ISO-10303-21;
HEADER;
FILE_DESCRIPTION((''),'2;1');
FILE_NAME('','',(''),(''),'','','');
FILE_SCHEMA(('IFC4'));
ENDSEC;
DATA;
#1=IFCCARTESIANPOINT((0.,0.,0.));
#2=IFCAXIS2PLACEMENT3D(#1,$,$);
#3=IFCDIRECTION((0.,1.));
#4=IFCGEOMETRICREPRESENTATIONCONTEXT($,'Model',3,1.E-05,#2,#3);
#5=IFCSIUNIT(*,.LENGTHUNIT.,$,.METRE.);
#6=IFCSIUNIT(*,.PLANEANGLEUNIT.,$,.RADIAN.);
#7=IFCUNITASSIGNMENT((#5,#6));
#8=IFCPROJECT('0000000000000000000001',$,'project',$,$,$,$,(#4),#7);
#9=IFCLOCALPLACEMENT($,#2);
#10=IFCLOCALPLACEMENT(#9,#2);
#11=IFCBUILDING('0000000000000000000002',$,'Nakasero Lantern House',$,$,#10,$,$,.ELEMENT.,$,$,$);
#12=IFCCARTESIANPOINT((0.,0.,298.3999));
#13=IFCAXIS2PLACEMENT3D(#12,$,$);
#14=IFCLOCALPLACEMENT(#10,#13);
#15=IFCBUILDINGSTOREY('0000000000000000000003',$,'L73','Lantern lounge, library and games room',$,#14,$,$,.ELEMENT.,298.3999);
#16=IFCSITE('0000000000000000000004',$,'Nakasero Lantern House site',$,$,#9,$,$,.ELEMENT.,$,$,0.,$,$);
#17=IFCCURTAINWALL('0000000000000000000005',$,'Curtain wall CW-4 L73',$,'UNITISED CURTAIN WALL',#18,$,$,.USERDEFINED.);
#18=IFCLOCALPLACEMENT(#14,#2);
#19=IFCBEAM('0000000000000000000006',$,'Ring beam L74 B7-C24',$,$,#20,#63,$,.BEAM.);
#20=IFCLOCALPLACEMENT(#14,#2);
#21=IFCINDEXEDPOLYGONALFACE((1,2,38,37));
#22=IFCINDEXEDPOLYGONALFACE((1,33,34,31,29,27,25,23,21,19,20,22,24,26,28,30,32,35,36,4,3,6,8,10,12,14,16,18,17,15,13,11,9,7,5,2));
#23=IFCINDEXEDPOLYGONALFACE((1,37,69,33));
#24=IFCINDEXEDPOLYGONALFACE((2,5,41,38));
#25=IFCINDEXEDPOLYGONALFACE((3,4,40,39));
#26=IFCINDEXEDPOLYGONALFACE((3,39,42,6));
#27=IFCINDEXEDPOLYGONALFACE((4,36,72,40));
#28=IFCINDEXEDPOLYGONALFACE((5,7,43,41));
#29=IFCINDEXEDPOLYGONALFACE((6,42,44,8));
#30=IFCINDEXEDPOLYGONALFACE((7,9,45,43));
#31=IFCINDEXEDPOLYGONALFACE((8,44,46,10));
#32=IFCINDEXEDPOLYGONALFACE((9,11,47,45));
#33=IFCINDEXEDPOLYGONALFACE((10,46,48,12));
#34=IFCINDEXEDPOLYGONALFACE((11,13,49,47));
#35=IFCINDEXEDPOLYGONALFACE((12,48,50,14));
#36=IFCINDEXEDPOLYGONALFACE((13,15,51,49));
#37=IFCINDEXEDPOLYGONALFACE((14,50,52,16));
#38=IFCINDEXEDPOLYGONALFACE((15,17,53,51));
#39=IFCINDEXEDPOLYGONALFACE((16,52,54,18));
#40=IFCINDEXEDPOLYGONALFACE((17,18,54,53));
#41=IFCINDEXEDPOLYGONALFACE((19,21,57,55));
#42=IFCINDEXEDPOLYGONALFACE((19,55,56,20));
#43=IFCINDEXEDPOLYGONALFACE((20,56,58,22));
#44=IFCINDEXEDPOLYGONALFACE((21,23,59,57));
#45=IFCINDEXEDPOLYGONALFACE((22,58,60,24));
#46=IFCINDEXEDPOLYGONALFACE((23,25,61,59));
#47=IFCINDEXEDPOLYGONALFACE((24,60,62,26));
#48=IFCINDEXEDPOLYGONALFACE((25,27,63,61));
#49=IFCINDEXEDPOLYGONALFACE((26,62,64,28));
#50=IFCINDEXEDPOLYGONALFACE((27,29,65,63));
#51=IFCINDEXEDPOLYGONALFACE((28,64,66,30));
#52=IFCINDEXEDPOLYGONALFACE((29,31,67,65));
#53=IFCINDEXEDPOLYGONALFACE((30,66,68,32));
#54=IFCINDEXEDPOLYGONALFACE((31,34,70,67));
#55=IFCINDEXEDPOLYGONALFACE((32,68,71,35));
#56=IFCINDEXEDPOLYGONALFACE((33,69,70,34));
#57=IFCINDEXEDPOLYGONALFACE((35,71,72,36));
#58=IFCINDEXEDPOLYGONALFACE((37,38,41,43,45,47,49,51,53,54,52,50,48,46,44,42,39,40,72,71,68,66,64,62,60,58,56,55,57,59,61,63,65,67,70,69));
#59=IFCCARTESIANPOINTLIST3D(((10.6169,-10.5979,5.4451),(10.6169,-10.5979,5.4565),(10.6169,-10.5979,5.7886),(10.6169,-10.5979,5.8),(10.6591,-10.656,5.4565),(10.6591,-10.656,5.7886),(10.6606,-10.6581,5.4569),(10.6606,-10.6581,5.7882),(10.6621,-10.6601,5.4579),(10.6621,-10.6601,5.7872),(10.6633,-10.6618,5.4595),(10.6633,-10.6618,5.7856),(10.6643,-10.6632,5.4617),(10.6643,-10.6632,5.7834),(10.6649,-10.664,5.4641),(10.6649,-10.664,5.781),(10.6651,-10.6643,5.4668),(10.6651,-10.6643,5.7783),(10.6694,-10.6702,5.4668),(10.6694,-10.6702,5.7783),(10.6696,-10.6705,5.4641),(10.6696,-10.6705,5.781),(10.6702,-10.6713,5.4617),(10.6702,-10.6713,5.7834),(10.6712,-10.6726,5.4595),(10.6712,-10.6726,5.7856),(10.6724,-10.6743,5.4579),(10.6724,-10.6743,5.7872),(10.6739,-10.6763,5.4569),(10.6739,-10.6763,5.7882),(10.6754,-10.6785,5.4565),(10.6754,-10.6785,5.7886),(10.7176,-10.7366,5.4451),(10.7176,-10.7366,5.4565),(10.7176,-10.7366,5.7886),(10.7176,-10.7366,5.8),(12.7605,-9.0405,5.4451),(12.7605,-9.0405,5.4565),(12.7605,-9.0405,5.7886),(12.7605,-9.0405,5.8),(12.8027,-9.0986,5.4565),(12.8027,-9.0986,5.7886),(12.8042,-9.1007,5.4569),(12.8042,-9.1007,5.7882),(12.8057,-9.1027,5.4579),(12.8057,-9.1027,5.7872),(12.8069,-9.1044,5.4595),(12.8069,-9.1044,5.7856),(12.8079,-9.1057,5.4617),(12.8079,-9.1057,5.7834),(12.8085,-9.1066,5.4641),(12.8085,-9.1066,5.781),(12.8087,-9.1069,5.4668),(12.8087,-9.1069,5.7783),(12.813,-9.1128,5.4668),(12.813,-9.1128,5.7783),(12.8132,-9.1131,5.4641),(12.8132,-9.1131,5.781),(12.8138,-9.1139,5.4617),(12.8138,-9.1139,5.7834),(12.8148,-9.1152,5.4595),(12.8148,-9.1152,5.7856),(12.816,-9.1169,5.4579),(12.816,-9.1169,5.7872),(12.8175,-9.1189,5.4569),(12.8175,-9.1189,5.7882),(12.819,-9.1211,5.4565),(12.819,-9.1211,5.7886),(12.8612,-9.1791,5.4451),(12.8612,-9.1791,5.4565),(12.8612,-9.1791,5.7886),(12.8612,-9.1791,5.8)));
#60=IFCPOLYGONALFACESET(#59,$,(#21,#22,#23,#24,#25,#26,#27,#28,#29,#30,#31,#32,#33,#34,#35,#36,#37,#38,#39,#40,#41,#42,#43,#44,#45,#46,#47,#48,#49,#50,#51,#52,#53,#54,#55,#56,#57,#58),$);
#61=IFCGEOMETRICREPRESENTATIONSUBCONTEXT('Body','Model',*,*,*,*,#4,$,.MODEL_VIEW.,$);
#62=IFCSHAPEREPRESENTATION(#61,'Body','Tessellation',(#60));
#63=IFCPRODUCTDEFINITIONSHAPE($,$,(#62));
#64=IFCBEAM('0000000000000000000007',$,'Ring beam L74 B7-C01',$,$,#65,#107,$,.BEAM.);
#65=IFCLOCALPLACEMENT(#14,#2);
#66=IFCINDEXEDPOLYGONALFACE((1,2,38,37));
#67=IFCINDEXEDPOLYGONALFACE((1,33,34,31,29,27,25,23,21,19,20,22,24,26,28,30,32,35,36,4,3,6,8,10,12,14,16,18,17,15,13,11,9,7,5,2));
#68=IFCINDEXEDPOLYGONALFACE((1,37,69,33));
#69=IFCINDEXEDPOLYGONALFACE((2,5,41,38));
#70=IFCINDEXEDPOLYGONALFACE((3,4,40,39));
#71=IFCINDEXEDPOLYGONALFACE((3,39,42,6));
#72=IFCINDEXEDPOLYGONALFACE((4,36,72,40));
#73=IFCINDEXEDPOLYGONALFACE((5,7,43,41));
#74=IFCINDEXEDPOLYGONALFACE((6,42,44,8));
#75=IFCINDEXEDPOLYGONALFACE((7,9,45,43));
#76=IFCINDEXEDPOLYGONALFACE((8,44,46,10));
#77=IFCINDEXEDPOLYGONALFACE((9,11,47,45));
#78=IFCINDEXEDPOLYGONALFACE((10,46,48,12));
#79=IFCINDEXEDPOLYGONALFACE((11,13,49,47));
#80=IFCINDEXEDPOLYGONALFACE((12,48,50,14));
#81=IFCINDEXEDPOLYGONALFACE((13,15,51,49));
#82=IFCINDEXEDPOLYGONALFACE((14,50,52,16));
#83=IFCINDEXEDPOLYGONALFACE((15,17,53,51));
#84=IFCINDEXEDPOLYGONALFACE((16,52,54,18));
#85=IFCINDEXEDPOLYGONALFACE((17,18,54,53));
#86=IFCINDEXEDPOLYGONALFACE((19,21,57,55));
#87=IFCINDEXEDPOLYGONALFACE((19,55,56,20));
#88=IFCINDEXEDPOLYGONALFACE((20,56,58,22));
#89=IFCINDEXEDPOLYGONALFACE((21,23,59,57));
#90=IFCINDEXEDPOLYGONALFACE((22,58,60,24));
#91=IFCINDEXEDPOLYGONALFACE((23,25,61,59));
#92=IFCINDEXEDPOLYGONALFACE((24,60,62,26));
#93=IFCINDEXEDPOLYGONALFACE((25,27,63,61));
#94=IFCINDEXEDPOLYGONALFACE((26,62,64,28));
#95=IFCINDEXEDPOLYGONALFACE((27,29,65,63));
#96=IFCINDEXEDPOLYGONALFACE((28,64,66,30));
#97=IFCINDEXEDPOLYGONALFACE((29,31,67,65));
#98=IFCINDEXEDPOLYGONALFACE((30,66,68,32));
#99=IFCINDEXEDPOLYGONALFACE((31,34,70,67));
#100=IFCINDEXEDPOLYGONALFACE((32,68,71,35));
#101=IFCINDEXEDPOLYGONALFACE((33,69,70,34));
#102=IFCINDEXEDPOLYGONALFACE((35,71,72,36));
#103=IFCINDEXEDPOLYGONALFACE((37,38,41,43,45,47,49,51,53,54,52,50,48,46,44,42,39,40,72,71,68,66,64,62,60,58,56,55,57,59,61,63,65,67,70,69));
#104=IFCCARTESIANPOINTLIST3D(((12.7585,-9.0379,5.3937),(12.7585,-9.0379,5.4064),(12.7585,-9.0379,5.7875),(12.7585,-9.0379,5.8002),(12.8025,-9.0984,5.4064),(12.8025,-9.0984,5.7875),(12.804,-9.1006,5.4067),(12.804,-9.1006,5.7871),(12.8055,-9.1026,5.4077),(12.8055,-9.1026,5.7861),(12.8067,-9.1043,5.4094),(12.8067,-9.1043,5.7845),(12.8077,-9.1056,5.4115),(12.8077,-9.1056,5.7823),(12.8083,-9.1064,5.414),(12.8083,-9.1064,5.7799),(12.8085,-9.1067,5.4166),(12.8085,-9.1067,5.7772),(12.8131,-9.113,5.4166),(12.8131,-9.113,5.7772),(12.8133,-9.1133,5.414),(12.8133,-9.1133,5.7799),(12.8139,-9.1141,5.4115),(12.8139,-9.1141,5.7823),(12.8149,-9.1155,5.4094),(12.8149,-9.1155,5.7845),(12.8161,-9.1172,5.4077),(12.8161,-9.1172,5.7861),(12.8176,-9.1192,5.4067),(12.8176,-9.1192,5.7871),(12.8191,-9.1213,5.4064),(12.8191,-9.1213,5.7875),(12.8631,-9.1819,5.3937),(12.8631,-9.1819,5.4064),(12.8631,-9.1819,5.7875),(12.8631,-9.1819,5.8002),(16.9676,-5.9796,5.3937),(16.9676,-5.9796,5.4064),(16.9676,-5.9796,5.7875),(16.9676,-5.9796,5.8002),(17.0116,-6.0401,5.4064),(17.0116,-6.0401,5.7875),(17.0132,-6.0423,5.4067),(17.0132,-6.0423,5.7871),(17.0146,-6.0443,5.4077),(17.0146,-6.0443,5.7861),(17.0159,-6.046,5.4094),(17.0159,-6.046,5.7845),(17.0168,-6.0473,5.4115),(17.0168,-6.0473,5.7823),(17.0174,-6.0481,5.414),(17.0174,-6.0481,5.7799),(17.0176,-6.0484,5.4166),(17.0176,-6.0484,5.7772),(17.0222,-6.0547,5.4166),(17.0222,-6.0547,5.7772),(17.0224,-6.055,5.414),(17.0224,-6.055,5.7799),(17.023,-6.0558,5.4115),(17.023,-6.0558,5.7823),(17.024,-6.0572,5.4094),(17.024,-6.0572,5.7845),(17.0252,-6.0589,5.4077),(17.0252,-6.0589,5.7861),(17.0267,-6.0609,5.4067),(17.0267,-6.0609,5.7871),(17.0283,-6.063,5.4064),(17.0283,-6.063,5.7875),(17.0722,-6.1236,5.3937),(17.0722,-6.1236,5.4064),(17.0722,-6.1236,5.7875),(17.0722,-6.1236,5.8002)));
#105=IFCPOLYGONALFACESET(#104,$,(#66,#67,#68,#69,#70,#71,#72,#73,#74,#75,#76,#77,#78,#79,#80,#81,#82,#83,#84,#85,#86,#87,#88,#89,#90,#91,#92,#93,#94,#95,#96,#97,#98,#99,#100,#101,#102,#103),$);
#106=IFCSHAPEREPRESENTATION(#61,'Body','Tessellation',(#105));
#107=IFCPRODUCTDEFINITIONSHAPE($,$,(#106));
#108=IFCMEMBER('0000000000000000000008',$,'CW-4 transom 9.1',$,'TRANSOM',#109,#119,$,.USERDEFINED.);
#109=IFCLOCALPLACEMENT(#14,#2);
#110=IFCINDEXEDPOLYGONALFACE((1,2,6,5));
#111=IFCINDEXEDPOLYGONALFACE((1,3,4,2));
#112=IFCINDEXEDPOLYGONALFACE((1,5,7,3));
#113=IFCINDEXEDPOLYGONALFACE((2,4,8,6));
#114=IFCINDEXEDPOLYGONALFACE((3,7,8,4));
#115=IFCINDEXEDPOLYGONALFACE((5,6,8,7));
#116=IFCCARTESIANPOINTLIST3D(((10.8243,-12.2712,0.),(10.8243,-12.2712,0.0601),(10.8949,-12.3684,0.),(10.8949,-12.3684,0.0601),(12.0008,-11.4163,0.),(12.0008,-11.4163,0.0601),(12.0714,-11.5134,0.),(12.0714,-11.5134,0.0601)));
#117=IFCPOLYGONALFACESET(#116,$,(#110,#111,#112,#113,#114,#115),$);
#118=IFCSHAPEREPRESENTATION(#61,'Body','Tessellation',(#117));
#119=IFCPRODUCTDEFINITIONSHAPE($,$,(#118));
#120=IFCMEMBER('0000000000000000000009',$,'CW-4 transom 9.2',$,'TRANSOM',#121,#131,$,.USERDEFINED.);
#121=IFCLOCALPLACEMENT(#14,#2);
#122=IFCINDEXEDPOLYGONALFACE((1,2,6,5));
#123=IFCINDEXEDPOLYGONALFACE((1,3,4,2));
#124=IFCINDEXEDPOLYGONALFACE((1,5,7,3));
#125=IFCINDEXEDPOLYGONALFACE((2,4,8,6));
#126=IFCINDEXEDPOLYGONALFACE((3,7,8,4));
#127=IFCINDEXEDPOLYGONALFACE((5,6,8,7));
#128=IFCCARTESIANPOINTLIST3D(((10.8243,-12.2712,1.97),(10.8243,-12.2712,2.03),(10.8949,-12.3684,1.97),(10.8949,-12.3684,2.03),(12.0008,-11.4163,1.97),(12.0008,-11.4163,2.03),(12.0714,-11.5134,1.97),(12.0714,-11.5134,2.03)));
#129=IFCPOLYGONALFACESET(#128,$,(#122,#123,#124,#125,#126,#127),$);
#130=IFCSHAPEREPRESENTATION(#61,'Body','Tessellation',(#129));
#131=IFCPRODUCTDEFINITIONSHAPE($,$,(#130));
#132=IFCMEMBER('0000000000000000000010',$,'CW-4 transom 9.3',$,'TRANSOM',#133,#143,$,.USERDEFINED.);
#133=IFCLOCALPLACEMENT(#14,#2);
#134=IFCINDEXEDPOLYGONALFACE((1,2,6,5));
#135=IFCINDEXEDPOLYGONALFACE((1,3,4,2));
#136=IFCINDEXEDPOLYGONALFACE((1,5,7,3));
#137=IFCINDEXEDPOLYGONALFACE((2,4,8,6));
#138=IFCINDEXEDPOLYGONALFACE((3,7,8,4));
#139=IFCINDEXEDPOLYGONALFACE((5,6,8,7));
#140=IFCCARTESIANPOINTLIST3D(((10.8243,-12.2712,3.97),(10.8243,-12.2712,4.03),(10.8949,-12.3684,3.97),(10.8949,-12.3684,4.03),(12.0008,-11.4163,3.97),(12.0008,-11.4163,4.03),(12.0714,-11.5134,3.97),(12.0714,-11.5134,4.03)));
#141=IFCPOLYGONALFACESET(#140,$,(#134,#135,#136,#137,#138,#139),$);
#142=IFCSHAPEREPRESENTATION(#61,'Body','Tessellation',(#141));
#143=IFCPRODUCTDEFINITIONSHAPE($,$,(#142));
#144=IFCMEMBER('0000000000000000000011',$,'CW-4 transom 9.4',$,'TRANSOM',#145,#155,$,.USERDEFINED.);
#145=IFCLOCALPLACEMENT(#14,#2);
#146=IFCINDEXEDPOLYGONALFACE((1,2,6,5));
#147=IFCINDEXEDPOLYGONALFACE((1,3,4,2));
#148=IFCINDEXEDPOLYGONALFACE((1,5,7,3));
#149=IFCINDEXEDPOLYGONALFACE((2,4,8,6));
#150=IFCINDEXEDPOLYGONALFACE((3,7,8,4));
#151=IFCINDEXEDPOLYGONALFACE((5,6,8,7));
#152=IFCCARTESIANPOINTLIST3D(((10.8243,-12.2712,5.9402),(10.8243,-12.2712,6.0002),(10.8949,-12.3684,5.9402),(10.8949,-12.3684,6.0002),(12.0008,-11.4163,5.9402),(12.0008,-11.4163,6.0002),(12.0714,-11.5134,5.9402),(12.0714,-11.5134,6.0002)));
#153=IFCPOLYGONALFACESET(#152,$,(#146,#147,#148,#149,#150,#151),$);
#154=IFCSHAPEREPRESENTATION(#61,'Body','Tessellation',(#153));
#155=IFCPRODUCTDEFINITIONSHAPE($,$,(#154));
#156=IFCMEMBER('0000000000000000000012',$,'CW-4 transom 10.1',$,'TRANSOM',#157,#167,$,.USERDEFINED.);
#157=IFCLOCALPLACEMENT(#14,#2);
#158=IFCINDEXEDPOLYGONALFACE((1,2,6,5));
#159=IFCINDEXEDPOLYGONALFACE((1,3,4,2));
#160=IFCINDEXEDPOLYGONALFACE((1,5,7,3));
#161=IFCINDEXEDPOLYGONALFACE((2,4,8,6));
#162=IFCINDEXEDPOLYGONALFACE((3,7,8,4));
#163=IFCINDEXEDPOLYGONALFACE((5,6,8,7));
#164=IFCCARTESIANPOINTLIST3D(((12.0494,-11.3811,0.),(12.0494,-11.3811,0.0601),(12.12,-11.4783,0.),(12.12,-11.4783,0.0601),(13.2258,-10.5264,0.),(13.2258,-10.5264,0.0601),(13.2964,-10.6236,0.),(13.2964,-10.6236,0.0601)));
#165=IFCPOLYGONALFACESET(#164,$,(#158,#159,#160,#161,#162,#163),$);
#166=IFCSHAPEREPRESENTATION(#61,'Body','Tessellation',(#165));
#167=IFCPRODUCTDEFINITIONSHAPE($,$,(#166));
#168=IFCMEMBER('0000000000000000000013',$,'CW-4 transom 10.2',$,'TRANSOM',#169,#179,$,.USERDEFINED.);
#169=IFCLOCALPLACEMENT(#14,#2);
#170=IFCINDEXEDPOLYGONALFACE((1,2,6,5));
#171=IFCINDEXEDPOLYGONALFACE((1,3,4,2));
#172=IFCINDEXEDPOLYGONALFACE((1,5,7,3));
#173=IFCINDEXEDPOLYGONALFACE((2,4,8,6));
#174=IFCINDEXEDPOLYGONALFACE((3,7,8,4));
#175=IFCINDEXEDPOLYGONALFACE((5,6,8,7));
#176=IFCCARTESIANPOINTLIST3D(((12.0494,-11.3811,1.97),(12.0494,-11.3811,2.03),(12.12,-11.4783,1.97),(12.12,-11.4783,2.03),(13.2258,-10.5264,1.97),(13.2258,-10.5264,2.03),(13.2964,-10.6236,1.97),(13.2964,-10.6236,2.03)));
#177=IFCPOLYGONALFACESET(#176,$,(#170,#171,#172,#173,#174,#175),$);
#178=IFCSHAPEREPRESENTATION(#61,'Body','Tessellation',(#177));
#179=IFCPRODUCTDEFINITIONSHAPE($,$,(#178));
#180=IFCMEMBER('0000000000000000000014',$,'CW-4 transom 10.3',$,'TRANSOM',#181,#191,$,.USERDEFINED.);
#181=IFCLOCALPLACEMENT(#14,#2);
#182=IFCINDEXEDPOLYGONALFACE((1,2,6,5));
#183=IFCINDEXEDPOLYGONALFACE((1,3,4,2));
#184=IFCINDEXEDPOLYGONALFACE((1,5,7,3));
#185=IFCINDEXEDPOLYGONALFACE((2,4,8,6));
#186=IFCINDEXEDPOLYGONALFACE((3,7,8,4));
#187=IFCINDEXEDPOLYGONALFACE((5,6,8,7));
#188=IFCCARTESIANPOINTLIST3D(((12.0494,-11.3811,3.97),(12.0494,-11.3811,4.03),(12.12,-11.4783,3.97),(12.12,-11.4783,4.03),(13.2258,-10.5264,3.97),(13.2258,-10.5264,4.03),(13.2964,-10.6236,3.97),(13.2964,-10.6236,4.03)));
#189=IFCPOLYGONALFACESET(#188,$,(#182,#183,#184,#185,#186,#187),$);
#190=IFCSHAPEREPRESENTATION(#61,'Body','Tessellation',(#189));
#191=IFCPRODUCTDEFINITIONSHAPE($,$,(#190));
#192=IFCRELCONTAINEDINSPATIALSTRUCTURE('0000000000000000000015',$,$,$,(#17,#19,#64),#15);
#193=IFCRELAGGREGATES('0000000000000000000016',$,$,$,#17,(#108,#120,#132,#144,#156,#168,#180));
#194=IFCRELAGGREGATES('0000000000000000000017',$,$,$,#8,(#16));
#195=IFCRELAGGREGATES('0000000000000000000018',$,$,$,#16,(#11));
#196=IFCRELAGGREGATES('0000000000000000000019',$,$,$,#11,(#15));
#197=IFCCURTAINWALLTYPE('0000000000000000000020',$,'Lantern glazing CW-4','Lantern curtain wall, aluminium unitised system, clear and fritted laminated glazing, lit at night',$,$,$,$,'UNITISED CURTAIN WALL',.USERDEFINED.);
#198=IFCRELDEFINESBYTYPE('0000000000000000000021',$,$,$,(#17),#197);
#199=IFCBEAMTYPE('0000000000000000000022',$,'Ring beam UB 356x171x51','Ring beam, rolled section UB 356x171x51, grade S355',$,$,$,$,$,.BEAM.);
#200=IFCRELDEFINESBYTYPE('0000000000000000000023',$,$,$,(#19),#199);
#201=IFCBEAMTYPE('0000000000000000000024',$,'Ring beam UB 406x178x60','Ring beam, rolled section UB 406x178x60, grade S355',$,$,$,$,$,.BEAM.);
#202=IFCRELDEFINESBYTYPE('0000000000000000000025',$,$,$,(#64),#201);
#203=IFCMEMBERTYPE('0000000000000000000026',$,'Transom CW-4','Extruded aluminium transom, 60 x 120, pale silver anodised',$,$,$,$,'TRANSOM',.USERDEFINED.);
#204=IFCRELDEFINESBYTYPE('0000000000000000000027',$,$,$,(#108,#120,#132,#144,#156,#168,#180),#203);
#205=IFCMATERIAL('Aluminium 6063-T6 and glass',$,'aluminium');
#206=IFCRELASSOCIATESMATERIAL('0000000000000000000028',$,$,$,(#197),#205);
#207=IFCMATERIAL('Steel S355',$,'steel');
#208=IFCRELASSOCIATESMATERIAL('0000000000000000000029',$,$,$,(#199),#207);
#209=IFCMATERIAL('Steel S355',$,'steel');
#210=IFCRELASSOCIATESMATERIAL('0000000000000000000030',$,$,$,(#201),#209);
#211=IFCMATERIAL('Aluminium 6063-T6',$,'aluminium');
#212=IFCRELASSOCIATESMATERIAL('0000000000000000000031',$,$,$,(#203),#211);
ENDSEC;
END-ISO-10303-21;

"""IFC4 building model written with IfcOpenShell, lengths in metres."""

from ifc_helpers import new_model, si_unit, direction, frame, origin, origin_2d, place, context, subcontext, project, spatial, rectangle, i_section, extrude, material, material_profile, profile_set, type_object, element, aggregate, save


model = new_model("IFC4")

# Units and contexts
model_context = context("Model", 3, precision=1e-05, world=origin(), true_north=direction((0.0, 1.0)))
body_context = subcontext(model_context, "Body", "Model", "MODEL_VIEW")
ifc_project = project(units=[si_unit("LENGTHUNIT", "METRE"), si_unit("PLANEANGLEUNIT", "RADIAN")], contexts=[model_context])

# Site, building, storey
site_placement = place(None, origin())
site = spatial("IfcSite", under=ifc_project, at=site_placement, Name="Nakasero Lantern House site", CompositionType="ELEMENT", RefElevation=0.0)
building_placement = place(site_placement, origin())
building = spatial("IfcBuilding", under=site, at=building_placement, Name="Nakasero Lantern House", CompositionType="ELEMENT")
storey_placement = place(building_placement, frame((0.0, 0.0, 298.3999)))
storey = spatial("IfcBuildingStorey", under=building, at=storey_placement, Name="L73", Description="Lantern lounge, library and games room", CompositionType="ELEMENT", Elevation=298.3999)

# Curtain wall
ifc_material_1 = material(Name="Aluminium 6063-T6 and glass", Category="aluminium")
curtain_wall_type = type_object("IfcCurtainWallType", Name="Lantern glazing CW-4", Description="Lantern curtain wall, aluminium unitised system, clear and fritted laminated glazing, lit at night", ElementType="UNITISED CURTAIN WALL", PredefinedType="USERDEFINED", material=ifc_material_1)
curtain_wall_placement = place(storey_placement, origin())
curtain_wall = element("IfcCurtainWall", 1, at=curtain_wall_placement, inside=storey, type_object=curtain_wall_type, Name="Curtain wall CW-4 L73", ObjectType="UNITISED CURTAIN WALL", PredefinedType="USERDEFINED")

# Beams
ifc_material_2 = material(Name="Steel S355", Category="steel")
ifc_material_profile_1 = material_profile(ifc_material_2, i_section(OverallWidth=0.1714, OverallDepth=0.355, WebThickness=0.0073, FlangeThickness=0.0115, FilletRadius=0.0103, at=origin_2d()), Name="UB 356x171x51")
ifc_profile_set_1 = profile_set([ifc_material_profile_1], Name="Steel S355")
beam_type_1 = type_object("IfcBeamType", Name="Ring beam UB 356x171x51", Description="Ring beam, rolled section UB 356x171x51, grade S355", PredefinedType="BEAM", material=ifc_profile_set_1)
beam_1_placement = place(storey_placement, frame((10.6672, -10.6672, 5.6226), z_axis=(0.809019, 0.587783, 0.0), x_axis=(-0.587783, 0.809019, 0.0)))
element("IfcBeam", 2, at=beam_1_placement, inside=storey, type_object=beam_type_1, Name="Ring beam L74 B7-C24", PredefinedType="BEAM", context=body_context, shape_type="SweptSolid", body=[
    extrude(i_section(OverallWidth=0.1714, OverallDepth=0.355, WebThickness=0.0073, FlangeThickness=0.0115, FilletRadius=0.0103, at=origin_2d()), origin(), (0.0, 0.0, 1.0), 2.6497),
])
ifc_material_3 = material(Name="Steel S355", Category="steel")
ifc_material_profile_2 = material_profile(ifc_material_3, i_section(OverallWidth=0.178, OverallDepth=0.4065, WebThickness=0.0078, FlangeThickness=0.0127, FilletRadius=0.0103, at=origin_2d()), Name="UB 406x178x60")
ifc_profile_set_2 = profile_set([ifc_material_profile_2], Name="Steel S355")
beam_type_2 = type_object("IfcBeamType", Name="Ring beam UB 406x178x60", Description="Ring beam, rolled section UB 406x178x60, grade S355", PredefinedType="BEAM", material=ifc_profile_set_2)
beam_2_placement = place(storey_placement, frame((12.8108, -9.1099, 5.5969), z_axis=(0.809002, 0.587806, 0.0), x_axis=(-0.587806, 0.809002, 0.0)))
element("IfcBeam", 3, at=beam_2_placement, inside=storey, type_object=beam_type_2, Name="Ring beam L74 B7-C01", PredefinedType="BEAM", context=body_context, shape_type="SweptSolid", body=[
    extrude(i_section(OverallWidth=0.178, OverallDepth=0.4065, WebThickness=0.0078, FlangeThickness=0.0127, FilletRadius=0.0103, at=origin_2d()), origin(), (0.0, 0.0, 1.0), 5.2029),
])

# Members
ifc_material_4 = material(Name="Aluminium 6063-T6", Category="aluminium")
ifc_material_profile_3 = material_profile(ifc_material_4, rectangle(XDim=0.0601, YDim=0.1201, at=origin_2d()), Name="CW-4 transom 60x120")
ifc_profile_set_3 = profile_set([ifc_material_profile_3], Name="Aluminium 6063-T6")
member_type_1 = type_object("IfcMemberType", Name="Transom CW-4", Description="Extruded aluminium transom, 60 x 120, pale silver anodised", ElementType="TRANSOM", PredefinedType="USERDEFINED", material=ifc_profile_set_3)
member_1_placement = place(storey_placement, frame((10.8596, -12.3198, 0.03), z_axis=(0.808954, 0.587872, 0.0), x_axis=(0.0, 0.0, 1.0)))
member_1 = element("IfcMember", 4, at=member_1_placement, type_object=member_type_1, Name="CW-4 transom 9.1", ObjectType="TRANSOM", PredefinedType="USERDEFINED", context=body_context, shape_type="SweptSolid", body=[
    extrude(rectangle(XDim=0.0601, YDim=0.1201, at=origin_2d()), origin(), (0.0, 0.0, 1.0), 1.4543),
])
member_2_placement = place(storey_placement, frame((10.8596, -12.3198, 2.0), z_axis=(0.808954, 0.587872, 0.0), x_axis=(0.0, 0.0, 1.0)))
member_2 = element("IfcMember", 5, at=member_2_placement, type_object=member_type_1, Name="CW-4 transom 9.2", ObjectType="TRANSOM", PredefinedType="USERDEFINED", context=body_context, shape_type="SweptSolid", body=[
    extrude(rectangle(XDim=0.0601, YDim=0.1201, at=origin_2d()), origin(), (0.0, 0.0, 1.0), 1.4543),
])
member_3_placement = place(storey_placement, frame((10.8596, -12.3198, 4.0), z_axis=(0.808954, 0.587872, 0.0), x_axis=(0.0, 0.0, 1.0)))
member_3 = element("IfcMember", 6, at=member_3_placement, type_object=member_type_1, Name="CW-4 transom 9.3", ObjectType="TRANSOM", PredefinedType="USERDEFINED", context=body_context, shape_type="SweptSolid", body=[
    extrude(rectangle(XDim=0.0601, YDim=0.1201, at=origin_2d()), origin(), (0.0, 0.0, 1.0), 1.4543),
])
member_4_placement = place(storey_placement, frame((10.8596, -12.3198, 5.9702), z_axis=(0.808954, 0.587872, 0.0), x_axis=(0.0, 0.0, 1.0)))
member_4 = element("IfcMember", 7, at=member_4_placement, type_object=member_type_1, Name="CW-4 transom 9.4", ObjectType="TRANSOM", PredefinedType="USERDEFINED", context=body_context, shape_type="SweptSolid", body=[
    extrude(rectangle(XDim=0.0601, YDim=0.1201, at=origin_2d()), origin(), (0.0, 0.0, 1.0), 1.4543),
])
member_5_placement = place(storey_placement, frame((12.0847, -11.4297, 0.03), z_axis=(0.809034, 0.587762, 0.0), x_axis=(0.0, 0.0, 1.0)))
member_5 = element("IfcMember", 8, at=member_5_placement, type_object=member_type_1, Name="CW-4 transom 10.1", ObjectType="TRANSOM", PredefinedType="USERDEFINED", context=body_context, shape_type="SweptSolid", body=[
    extrude(rectangle(XDim=0.0601, YDim=0.1201, at=origin_2d()), origin(), (0.0, 0.0, 1.0), 1.4541),
])
member_6_placement = place(storey_placement, frame((12.0847, -11.4297, 2.0), z_axis=(0.809034, 0.587762, 0.0), x_axis=(0.0, 0.0, 1.0)))
member_6 = element("IfcMember", 9, at=member_6_placement, type_object=member_type_1, Name="CW-4 transom 10.2", ObjectType="TRANSOM", PredefinedType="USERDEFINED", context=body_context, shape_type="SweptSolid", body=[
    extrude(rectangle(XDim=0.0601, YDim=0.1201, at=origin_2d()), origin(), (0.0, 0.0, 1.0), 1.4541),
])
member_7_placement = place(storey_placement, frame((12.0847, -11.4297, 4.0), z_axis=(0.809034, 0.587762, 0.0), x_axis=(0.0, 0.0, 1.0)))
member_7 = element("IfcMember", 10, at=member_7_placement, type_object=member_type_1, Name="CW-4 transom 10.3", ObjectType="TRANSOM", PredefinedType="USERDEFINED", context=body_context, shape_type="SweptSolid", body=[
    extrude(rectangle(XDim=0.0601, YDim=0.1201, at=origin_2d()), origin(), (0.0, 0.0, 1.0), 1.4541),
])

aggregate(curtain_wall, [member_1, member_2, member_3, member_4, member_5, member_6, member_7])

save(model, "model.ifc")
